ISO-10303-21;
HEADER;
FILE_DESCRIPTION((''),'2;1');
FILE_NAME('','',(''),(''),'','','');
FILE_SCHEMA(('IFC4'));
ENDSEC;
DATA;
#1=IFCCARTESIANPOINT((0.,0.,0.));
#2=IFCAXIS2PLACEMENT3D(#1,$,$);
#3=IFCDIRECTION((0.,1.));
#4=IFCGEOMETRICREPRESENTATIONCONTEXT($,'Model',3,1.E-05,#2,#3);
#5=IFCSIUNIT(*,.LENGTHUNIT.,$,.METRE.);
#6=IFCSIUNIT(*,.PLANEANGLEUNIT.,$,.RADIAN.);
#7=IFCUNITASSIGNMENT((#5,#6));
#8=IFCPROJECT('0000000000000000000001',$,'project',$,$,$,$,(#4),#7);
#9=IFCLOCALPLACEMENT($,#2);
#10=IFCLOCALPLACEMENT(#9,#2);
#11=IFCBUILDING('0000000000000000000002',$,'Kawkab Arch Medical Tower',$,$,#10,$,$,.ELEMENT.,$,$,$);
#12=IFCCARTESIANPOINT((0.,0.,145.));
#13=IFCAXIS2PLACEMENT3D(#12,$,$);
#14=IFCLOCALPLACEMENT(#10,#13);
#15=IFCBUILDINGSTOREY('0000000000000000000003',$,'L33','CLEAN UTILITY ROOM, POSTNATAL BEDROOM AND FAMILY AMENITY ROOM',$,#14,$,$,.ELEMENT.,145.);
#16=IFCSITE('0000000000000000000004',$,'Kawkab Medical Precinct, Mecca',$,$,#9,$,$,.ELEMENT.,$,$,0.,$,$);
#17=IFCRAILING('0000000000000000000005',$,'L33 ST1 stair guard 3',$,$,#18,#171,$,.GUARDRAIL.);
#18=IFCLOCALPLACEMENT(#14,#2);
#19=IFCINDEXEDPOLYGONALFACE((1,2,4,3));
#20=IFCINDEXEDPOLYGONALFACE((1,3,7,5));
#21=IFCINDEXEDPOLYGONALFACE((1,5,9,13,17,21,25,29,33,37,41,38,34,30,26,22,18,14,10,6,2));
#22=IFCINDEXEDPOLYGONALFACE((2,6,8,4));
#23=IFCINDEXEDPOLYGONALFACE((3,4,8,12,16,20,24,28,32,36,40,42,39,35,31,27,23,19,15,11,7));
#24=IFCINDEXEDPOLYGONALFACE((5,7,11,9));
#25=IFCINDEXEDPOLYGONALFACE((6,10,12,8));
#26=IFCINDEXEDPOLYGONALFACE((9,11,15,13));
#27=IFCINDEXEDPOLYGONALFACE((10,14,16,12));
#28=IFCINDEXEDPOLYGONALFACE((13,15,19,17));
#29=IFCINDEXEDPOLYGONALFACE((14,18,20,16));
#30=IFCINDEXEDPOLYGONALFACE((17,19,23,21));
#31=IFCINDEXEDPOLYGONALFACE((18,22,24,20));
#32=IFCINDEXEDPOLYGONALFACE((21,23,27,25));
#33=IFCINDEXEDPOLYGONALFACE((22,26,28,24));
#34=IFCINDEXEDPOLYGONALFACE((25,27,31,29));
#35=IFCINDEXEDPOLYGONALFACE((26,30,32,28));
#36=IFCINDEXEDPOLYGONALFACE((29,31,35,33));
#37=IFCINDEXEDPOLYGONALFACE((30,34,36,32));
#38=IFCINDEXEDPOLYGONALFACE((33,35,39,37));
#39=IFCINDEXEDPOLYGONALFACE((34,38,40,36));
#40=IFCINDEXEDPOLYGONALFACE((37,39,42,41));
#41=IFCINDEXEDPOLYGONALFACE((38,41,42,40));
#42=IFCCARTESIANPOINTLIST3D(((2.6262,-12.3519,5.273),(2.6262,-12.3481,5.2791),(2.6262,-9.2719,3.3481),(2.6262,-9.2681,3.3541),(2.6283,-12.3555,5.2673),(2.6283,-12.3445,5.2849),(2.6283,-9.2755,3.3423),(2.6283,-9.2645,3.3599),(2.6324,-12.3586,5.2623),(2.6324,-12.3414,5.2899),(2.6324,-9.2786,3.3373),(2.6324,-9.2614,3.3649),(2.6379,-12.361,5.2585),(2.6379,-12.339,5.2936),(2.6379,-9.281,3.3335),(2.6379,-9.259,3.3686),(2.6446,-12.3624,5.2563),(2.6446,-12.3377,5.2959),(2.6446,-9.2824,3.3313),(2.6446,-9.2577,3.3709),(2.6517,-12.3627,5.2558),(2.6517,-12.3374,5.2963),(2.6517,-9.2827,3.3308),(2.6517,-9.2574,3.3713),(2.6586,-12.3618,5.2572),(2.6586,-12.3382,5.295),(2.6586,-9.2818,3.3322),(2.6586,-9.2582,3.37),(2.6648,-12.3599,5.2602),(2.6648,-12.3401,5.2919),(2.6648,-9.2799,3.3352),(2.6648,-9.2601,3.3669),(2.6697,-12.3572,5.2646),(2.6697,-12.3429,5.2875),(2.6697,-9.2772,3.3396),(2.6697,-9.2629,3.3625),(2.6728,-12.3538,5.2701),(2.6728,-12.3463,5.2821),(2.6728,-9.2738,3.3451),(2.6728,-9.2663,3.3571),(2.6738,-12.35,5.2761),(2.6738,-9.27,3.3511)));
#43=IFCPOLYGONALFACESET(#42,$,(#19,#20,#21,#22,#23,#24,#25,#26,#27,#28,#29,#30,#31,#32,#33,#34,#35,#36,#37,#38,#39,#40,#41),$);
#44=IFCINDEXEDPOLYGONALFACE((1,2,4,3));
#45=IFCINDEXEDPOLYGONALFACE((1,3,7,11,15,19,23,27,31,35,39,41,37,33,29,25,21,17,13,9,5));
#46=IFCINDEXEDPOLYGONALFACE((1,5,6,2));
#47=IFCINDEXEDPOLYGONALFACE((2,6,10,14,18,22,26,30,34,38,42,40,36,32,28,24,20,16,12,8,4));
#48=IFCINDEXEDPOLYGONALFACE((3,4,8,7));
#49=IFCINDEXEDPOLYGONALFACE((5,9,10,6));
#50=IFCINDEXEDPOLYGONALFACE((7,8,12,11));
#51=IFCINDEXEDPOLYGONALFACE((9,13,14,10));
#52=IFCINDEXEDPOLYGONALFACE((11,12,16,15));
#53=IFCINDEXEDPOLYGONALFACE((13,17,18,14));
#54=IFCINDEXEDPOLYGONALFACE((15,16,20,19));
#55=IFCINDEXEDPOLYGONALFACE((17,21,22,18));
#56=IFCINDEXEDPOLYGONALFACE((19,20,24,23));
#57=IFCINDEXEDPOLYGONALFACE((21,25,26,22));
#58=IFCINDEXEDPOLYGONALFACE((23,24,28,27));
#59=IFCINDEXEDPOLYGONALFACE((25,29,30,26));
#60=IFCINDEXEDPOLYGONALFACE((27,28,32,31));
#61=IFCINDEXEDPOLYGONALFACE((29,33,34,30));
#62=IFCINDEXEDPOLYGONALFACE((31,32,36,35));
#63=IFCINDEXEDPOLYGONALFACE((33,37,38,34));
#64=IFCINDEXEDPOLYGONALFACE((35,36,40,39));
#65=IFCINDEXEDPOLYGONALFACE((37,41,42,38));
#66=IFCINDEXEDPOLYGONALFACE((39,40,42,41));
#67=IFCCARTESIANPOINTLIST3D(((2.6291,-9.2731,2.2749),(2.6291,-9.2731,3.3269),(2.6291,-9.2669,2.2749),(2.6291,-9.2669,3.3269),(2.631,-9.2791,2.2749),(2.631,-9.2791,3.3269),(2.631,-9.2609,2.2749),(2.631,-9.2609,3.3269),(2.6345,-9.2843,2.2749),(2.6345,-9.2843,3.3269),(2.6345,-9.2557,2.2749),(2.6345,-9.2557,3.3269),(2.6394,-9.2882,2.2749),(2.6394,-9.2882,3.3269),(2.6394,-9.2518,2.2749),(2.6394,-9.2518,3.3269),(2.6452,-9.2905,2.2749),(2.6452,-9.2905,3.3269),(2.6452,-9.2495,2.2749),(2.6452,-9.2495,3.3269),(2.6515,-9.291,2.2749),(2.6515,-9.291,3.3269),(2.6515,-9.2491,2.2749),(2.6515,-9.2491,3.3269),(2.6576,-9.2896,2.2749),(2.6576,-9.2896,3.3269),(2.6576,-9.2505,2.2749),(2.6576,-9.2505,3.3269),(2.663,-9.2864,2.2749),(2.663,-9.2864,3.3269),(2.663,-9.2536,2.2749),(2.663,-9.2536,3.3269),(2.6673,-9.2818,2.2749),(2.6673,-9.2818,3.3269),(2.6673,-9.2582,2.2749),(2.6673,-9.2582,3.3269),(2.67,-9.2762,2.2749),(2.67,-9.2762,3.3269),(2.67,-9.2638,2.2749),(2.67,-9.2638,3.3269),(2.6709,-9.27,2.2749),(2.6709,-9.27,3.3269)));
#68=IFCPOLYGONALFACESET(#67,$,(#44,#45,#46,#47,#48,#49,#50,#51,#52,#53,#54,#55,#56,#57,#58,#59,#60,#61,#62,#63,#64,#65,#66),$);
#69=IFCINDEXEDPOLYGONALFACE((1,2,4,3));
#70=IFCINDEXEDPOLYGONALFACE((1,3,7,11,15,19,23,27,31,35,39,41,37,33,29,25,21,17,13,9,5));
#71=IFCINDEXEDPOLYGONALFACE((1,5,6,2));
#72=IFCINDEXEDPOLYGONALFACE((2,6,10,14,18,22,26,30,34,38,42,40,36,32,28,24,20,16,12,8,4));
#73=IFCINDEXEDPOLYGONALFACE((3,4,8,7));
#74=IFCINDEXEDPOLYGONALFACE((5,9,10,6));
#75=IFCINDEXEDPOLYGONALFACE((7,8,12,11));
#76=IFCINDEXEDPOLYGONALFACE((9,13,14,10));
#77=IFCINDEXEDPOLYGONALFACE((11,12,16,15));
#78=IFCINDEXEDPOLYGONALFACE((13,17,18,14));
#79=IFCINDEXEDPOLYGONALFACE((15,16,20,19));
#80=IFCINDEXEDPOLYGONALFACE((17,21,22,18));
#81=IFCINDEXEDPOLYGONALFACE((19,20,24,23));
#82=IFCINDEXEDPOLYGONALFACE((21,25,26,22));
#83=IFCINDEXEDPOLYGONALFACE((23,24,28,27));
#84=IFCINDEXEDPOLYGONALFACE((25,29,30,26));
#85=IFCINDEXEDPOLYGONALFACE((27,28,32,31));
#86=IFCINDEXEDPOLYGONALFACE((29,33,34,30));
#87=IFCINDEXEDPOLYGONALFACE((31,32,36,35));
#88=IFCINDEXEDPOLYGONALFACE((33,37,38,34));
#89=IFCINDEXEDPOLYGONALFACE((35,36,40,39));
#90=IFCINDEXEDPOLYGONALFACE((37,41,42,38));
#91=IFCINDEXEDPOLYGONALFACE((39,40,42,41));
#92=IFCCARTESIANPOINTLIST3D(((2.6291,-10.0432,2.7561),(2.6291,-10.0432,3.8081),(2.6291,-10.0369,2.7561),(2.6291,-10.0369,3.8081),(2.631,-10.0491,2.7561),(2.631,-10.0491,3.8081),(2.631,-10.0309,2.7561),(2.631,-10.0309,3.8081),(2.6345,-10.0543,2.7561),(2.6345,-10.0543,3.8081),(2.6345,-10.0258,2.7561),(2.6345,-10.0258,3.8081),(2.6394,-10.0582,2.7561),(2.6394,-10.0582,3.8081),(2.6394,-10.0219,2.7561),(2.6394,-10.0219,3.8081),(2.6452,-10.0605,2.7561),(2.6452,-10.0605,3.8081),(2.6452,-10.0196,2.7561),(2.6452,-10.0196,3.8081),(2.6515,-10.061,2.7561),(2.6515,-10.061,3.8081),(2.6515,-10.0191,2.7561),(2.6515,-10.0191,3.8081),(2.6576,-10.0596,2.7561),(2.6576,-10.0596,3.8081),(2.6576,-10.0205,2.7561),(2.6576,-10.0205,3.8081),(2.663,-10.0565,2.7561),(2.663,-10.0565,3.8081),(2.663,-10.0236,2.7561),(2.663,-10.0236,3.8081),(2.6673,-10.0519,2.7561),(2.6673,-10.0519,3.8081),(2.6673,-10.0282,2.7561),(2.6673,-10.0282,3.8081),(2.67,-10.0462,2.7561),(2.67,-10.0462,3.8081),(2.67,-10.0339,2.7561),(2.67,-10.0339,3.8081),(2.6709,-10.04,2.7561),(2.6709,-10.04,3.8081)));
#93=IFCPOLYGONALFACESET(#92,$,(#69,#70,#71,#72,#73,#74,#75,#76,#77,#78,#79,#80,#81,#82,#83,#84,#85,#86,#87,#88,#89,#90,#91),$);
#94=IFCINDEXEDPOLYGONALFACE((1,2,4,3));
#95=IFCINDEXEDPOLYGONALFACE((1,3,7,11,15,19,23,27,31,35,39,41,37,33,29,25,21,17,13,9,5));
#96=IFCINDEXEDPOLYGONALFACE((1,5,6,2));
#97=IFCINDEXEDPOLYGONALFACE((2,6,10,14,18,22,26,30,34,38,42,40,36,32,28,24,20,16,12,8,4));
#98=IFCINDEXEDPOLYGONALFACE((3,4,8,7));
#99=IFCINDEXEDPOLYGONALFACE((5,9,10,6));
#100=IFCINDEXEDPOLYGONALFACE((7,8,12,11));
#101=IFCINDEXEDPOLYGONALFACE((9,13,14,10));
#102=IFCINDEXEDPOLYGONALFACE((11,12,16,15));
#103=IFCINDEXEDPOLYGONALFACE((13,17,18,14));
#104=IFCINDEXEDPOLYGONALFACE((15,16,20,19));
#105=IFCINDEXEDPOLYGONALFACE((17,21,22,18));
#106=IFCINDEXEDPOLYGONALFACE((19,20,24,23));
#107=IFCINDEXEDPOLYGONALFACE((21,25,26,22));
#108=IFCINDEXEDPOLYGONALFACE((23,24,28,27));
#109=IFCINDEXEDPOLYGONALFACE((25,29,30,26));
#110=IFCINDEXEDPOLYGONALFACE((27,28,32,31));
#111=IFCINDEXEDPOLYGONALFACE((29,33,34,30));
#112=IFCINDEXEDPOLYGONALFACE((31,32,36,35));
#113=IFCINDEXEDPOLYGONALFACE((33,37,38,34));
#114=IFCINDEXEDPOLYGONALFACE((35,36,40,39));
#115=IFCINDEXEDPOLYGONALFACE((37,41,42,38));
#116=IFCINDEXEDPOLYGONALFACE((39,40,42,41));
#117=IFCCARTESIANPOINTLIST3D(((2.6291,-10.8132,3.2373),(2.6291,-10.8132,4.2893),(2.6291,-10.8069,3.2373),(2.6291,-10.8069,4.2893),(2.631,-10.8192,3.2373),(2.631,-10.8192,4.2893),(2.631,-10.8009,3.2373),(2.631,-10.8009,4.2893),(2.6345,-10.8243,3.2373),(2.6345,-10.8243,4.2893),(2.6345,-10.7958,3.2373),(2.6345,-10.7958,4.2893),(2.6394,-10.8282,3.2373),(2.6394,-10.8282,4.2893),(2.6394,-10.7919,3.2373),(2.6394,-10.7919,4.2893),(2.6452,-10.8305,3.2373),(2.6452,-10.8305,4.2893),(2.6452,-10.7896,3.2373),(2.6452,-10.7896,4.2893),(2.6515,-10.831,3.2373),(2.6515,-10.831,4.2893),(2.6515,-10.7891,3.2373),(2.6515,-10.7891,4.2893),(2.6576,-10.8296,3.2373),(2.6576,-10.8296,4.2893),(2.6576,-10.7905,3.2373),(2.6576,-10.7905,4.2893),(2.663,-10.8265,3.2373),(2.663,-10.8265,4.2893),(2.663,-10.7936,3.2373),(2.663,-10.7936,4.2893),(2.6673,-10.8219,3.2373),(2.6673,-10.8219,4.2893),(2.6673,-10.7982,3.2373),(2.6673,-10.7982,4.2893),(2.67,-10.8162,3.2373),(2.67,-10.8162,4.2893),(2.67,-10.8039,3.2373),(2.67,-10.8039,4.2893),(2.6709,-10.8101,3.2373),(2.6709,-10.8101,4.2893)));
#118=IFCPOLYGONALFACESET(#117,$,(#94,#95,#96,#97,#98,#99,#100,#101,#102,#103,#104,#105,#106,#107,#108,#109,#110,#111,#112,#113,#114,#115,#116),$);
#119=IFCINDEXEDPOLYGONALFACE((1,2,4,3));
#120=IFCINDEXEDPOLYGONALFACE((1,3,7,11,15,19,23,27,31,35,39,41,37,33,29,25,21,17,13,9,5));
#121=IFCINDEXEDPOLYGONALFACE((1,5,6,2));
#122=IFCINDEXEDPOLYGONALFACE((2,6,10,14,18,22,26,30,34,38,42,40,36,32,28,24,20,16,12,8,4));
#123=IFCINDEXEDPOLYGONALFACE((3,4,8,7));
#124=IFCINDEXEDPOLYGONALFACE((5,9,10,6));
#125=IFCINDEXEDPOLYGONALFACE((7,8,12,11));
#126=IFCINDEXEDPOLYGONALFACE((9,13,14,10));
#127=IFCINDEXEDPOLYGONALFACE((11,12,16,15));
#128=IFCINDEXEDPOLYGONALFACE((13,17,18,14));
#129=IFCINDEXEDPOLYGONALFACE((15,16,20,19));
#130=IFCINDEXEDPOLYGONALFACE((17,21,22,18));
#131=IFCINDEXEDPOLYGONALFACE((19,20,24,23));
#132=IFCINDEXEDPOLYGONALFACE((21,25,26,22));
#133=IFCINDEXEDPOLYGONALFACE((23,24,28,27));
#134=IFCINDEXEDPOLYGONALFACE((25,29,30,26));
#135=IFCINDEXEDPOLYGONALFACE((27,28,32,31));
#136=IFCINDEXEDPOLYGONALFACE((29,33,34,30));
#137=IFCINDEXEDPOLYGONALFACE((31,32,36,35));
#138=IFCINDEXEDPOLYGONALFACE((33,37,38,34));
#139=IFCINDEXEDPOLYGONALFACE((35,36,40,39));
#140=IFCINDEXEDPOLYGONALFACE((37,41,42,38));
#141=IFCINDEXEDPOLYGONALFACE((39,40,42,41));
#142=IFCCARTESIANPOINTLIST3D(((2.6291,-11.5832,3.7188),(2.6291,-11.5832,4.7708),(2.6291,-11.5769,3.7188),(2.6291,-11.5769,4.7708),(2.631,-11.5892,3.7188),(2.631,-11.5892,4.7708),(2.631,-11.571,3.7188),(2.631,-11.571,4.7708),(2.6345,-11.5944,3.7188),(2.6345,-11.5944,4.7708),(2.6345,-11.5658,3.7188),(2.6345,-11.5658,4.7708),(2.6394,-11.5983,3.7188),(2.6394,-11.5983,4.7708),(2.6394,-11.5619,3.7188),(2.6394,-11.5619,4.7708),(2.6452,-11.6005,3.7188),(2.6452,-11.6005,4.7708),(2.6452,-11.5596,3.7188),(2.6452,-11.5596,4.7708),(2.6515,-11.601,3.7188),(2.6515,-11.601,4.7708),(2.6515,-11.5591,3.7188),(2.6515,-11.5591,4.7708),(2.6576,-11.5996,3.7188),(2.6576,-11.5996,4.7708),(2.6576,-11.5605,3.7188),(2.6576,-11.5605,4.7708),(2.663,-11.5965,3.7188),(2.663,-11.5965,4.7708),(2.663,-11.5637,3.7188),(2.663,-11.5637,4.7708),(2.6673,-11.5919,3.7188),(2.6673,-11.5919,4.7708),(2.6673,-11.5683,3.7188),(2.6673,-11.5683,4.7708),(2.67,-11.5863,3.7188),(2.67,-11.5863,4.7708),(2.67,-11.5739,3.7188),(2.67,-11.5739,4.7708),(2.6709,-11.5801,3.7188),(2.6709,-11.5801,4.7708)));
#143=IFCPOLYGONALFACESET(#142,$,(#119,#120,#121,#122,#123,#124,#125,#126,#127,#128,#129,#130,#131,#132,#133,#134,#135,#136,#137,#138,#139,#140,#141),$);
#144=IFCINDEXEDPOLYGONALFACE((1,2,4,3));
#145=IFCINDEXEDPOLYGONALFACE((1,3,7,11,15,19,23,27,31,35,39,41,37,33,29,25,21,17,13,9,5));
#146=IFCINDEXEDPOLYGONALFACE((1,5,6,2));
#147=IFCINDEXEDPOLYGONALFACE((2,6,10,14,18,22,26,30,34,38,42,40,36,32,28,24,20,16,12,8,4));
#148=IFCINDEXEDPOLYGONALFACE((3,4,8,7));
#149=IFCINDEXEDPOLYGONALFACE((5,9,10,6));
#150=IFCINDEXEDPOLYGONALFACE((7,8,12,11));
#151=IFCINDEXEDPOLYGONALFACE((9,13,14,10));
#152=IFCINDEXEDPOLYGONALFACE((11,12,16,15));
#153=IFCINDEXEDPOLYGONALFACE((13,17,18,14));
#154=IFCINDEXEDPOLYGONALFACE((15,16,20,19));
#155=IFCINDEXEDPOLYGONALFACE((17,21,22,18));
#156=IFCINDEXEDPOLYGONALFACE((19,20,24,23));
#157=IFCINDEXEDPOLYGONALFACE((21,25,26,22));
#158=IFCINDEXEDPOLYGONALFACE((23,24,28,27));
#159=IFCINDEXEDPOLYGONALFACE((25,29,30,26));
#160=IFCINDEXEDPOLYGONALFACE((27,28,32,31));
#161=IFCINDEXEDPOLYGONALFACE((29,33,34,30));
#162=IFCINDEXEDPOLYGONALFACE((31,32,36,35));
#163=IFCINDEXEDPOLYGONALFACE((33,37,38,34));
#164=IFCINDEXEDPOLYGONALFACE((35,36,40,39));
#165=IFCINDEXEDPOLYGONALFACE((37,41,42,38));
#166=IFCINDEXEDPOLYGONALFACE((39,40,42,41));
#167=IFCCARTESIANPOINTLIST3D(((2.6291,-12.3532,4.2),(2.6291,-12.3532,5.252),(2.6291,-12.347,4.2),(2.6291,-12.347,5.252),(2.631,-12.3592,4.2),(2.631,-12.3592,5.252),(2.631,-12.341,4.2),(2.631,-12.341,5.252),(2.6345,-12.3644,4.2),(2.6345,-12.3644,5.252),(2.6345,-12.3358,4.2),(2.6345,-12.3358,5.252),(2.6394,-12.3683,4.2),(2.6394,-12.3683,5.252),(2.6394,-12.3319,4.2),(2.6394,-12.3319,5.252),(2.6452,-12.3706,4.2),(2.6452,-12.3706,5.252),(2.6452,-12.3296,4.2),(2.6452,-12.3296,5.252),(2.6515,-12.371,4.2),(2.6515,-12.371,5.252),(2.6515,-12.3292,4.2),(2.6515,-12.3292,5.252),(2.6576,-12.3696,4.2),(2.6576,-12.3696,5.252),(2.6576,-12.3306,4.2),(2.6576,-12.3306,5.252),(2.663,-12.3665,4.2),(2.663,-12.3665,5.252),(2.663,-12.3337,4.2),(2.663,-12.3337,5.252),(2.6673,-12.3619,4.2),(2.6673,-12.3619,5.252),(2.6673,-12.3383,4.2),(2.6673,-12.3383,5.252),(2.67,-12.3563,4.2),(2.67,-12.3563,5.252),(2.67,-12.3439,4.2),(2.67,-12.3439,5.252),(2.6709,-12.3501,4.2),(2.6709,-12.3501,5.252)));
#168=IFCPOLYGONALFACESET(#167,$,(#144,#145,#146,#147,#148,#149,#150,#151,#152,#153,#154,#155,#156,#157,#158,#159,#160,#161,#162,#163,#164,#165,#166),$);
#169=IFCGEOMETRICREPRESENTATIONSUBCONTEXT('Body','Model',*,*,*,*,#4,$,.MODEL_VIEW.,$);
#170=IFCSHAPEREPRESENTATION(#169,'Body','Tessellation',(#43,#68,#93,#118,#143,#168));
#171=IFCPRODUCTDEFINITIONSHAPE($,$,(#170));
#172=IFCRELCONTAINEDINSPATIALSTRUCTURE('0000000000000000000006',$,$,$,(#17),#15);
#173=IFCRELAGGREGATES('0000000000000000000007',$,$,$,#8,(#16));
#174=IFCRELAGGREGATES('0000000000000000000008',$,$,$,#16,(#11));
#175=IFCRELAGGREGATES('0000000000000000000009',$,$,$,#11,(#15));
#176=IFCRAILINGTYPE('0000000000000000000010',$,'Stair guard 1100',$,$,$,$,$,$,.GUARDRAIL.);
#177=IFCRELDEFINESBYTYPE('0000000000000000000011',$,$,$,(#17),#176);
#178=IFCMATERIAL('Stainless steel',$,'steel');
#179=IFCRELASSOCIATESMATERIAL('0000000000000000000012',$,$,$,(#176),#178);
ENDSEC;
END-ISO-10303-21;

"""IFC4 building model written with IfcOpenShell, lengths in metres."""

from ifc_helpers import new_model, si_unit, direction, frame, origin, origin_2d, place, context, subcontext, project, spatial, circle, extrude, material, type_object, element, save


model = new_model("IFC4")

# Units and contexts
model_context = context("Model", 3, precision=1e-05, world=origin(), true_north=direction((0.0, 1.0)))
body_context = subcontext(model_context, "Body", "Model", "MODEL_VIEW")
ifc_project = project(units=[si_unit("LENGTHUNIT", "METRE"), si_unit("PLANEANGLEUNIT", "RADIAN")], contexts=[model_context])

# Site, building, storey
site_placement = place(None, origin())
site = spatial("IfcSite", under=ifc_project, at=site_placement, Name="Kawkab Medical Precinct, Mecca", CompositionType="ELEMENT", RefElevation=0.0)
building_placement = place(site_placement, origin())
building = spatial("IfcBuilding", under=site, at=building_placement, Name="Kawkab Arch Medical Tower", CompositionType="ELEMENT")
storey_placement = place(building_placement, frame((0.0, 0.0, 145.0)))
storey = spatial("IfcBuildingStorey", under=building, at=storey_placement, Name="L33", Description="CLEAN UTILITY ROOM, POSTNATAL BEDROOM AND FAMILY AMENITY ROOM", CompositionType="ELEMENT", Elevation=145.0)

# Railing
ifc_material_1 = material(Name="Stainless steel", Category="steel")
railing_type_1 = type_object("IfcRailingType", Name="Stair guard 1100", PredefinedType="GUARDRAIL", material=ifc_material_1)
railing_1_placement = place(storey_placement, frame((2.6499, -9.27, 2.2749)))
element("IfcRailing", 1, at=railing_1_placement, inside=storey, type_object=railing_type_1, Name="L33 ST1 stair guard 3", PredefinedType="GUARDRAIL", context=body_context, shape_type="SweptSolid", body=[
    extrude(circle(Radius=0.0239, at=origin_2d()), frame((0.0, 0.0, 1.0762), z_axis=(0.0, -0.847998, 0.529999), x_axis=(1.0, 0.0, 0.0)), (0.0, 0.0, 1.0), 3.6321),
    extrude(circle(Radius=0.021, at=origin_2d()), origin(), (0.0, 0.0, 1.0), 1.052),
    extrude(circle(Radius=0.021, at=origin_2d()), frame((0.0, -0.77, 0.4812)), (0.0, 0.0, 1.0), 1.052),
    extrude(circle(Radius=0.021, at=origin_2d()), frame((0.0, -1.54, 0.9624)), (0.0, 0.0, 1.0), 1.052),
    extrude(circle(Radius=0.021, at=origin_2d()), frame((0.0, -2.3101, 1.4438)), (0.0, 0.0, 1.0), 1.052),
    extrude(circle(Radius=0.021, at=origin_2d()), frame((0.0, -3.0801, 1.925)), (0.0, 0.0, 1.0), 1.052),
])

save(model, "model.ifc")
